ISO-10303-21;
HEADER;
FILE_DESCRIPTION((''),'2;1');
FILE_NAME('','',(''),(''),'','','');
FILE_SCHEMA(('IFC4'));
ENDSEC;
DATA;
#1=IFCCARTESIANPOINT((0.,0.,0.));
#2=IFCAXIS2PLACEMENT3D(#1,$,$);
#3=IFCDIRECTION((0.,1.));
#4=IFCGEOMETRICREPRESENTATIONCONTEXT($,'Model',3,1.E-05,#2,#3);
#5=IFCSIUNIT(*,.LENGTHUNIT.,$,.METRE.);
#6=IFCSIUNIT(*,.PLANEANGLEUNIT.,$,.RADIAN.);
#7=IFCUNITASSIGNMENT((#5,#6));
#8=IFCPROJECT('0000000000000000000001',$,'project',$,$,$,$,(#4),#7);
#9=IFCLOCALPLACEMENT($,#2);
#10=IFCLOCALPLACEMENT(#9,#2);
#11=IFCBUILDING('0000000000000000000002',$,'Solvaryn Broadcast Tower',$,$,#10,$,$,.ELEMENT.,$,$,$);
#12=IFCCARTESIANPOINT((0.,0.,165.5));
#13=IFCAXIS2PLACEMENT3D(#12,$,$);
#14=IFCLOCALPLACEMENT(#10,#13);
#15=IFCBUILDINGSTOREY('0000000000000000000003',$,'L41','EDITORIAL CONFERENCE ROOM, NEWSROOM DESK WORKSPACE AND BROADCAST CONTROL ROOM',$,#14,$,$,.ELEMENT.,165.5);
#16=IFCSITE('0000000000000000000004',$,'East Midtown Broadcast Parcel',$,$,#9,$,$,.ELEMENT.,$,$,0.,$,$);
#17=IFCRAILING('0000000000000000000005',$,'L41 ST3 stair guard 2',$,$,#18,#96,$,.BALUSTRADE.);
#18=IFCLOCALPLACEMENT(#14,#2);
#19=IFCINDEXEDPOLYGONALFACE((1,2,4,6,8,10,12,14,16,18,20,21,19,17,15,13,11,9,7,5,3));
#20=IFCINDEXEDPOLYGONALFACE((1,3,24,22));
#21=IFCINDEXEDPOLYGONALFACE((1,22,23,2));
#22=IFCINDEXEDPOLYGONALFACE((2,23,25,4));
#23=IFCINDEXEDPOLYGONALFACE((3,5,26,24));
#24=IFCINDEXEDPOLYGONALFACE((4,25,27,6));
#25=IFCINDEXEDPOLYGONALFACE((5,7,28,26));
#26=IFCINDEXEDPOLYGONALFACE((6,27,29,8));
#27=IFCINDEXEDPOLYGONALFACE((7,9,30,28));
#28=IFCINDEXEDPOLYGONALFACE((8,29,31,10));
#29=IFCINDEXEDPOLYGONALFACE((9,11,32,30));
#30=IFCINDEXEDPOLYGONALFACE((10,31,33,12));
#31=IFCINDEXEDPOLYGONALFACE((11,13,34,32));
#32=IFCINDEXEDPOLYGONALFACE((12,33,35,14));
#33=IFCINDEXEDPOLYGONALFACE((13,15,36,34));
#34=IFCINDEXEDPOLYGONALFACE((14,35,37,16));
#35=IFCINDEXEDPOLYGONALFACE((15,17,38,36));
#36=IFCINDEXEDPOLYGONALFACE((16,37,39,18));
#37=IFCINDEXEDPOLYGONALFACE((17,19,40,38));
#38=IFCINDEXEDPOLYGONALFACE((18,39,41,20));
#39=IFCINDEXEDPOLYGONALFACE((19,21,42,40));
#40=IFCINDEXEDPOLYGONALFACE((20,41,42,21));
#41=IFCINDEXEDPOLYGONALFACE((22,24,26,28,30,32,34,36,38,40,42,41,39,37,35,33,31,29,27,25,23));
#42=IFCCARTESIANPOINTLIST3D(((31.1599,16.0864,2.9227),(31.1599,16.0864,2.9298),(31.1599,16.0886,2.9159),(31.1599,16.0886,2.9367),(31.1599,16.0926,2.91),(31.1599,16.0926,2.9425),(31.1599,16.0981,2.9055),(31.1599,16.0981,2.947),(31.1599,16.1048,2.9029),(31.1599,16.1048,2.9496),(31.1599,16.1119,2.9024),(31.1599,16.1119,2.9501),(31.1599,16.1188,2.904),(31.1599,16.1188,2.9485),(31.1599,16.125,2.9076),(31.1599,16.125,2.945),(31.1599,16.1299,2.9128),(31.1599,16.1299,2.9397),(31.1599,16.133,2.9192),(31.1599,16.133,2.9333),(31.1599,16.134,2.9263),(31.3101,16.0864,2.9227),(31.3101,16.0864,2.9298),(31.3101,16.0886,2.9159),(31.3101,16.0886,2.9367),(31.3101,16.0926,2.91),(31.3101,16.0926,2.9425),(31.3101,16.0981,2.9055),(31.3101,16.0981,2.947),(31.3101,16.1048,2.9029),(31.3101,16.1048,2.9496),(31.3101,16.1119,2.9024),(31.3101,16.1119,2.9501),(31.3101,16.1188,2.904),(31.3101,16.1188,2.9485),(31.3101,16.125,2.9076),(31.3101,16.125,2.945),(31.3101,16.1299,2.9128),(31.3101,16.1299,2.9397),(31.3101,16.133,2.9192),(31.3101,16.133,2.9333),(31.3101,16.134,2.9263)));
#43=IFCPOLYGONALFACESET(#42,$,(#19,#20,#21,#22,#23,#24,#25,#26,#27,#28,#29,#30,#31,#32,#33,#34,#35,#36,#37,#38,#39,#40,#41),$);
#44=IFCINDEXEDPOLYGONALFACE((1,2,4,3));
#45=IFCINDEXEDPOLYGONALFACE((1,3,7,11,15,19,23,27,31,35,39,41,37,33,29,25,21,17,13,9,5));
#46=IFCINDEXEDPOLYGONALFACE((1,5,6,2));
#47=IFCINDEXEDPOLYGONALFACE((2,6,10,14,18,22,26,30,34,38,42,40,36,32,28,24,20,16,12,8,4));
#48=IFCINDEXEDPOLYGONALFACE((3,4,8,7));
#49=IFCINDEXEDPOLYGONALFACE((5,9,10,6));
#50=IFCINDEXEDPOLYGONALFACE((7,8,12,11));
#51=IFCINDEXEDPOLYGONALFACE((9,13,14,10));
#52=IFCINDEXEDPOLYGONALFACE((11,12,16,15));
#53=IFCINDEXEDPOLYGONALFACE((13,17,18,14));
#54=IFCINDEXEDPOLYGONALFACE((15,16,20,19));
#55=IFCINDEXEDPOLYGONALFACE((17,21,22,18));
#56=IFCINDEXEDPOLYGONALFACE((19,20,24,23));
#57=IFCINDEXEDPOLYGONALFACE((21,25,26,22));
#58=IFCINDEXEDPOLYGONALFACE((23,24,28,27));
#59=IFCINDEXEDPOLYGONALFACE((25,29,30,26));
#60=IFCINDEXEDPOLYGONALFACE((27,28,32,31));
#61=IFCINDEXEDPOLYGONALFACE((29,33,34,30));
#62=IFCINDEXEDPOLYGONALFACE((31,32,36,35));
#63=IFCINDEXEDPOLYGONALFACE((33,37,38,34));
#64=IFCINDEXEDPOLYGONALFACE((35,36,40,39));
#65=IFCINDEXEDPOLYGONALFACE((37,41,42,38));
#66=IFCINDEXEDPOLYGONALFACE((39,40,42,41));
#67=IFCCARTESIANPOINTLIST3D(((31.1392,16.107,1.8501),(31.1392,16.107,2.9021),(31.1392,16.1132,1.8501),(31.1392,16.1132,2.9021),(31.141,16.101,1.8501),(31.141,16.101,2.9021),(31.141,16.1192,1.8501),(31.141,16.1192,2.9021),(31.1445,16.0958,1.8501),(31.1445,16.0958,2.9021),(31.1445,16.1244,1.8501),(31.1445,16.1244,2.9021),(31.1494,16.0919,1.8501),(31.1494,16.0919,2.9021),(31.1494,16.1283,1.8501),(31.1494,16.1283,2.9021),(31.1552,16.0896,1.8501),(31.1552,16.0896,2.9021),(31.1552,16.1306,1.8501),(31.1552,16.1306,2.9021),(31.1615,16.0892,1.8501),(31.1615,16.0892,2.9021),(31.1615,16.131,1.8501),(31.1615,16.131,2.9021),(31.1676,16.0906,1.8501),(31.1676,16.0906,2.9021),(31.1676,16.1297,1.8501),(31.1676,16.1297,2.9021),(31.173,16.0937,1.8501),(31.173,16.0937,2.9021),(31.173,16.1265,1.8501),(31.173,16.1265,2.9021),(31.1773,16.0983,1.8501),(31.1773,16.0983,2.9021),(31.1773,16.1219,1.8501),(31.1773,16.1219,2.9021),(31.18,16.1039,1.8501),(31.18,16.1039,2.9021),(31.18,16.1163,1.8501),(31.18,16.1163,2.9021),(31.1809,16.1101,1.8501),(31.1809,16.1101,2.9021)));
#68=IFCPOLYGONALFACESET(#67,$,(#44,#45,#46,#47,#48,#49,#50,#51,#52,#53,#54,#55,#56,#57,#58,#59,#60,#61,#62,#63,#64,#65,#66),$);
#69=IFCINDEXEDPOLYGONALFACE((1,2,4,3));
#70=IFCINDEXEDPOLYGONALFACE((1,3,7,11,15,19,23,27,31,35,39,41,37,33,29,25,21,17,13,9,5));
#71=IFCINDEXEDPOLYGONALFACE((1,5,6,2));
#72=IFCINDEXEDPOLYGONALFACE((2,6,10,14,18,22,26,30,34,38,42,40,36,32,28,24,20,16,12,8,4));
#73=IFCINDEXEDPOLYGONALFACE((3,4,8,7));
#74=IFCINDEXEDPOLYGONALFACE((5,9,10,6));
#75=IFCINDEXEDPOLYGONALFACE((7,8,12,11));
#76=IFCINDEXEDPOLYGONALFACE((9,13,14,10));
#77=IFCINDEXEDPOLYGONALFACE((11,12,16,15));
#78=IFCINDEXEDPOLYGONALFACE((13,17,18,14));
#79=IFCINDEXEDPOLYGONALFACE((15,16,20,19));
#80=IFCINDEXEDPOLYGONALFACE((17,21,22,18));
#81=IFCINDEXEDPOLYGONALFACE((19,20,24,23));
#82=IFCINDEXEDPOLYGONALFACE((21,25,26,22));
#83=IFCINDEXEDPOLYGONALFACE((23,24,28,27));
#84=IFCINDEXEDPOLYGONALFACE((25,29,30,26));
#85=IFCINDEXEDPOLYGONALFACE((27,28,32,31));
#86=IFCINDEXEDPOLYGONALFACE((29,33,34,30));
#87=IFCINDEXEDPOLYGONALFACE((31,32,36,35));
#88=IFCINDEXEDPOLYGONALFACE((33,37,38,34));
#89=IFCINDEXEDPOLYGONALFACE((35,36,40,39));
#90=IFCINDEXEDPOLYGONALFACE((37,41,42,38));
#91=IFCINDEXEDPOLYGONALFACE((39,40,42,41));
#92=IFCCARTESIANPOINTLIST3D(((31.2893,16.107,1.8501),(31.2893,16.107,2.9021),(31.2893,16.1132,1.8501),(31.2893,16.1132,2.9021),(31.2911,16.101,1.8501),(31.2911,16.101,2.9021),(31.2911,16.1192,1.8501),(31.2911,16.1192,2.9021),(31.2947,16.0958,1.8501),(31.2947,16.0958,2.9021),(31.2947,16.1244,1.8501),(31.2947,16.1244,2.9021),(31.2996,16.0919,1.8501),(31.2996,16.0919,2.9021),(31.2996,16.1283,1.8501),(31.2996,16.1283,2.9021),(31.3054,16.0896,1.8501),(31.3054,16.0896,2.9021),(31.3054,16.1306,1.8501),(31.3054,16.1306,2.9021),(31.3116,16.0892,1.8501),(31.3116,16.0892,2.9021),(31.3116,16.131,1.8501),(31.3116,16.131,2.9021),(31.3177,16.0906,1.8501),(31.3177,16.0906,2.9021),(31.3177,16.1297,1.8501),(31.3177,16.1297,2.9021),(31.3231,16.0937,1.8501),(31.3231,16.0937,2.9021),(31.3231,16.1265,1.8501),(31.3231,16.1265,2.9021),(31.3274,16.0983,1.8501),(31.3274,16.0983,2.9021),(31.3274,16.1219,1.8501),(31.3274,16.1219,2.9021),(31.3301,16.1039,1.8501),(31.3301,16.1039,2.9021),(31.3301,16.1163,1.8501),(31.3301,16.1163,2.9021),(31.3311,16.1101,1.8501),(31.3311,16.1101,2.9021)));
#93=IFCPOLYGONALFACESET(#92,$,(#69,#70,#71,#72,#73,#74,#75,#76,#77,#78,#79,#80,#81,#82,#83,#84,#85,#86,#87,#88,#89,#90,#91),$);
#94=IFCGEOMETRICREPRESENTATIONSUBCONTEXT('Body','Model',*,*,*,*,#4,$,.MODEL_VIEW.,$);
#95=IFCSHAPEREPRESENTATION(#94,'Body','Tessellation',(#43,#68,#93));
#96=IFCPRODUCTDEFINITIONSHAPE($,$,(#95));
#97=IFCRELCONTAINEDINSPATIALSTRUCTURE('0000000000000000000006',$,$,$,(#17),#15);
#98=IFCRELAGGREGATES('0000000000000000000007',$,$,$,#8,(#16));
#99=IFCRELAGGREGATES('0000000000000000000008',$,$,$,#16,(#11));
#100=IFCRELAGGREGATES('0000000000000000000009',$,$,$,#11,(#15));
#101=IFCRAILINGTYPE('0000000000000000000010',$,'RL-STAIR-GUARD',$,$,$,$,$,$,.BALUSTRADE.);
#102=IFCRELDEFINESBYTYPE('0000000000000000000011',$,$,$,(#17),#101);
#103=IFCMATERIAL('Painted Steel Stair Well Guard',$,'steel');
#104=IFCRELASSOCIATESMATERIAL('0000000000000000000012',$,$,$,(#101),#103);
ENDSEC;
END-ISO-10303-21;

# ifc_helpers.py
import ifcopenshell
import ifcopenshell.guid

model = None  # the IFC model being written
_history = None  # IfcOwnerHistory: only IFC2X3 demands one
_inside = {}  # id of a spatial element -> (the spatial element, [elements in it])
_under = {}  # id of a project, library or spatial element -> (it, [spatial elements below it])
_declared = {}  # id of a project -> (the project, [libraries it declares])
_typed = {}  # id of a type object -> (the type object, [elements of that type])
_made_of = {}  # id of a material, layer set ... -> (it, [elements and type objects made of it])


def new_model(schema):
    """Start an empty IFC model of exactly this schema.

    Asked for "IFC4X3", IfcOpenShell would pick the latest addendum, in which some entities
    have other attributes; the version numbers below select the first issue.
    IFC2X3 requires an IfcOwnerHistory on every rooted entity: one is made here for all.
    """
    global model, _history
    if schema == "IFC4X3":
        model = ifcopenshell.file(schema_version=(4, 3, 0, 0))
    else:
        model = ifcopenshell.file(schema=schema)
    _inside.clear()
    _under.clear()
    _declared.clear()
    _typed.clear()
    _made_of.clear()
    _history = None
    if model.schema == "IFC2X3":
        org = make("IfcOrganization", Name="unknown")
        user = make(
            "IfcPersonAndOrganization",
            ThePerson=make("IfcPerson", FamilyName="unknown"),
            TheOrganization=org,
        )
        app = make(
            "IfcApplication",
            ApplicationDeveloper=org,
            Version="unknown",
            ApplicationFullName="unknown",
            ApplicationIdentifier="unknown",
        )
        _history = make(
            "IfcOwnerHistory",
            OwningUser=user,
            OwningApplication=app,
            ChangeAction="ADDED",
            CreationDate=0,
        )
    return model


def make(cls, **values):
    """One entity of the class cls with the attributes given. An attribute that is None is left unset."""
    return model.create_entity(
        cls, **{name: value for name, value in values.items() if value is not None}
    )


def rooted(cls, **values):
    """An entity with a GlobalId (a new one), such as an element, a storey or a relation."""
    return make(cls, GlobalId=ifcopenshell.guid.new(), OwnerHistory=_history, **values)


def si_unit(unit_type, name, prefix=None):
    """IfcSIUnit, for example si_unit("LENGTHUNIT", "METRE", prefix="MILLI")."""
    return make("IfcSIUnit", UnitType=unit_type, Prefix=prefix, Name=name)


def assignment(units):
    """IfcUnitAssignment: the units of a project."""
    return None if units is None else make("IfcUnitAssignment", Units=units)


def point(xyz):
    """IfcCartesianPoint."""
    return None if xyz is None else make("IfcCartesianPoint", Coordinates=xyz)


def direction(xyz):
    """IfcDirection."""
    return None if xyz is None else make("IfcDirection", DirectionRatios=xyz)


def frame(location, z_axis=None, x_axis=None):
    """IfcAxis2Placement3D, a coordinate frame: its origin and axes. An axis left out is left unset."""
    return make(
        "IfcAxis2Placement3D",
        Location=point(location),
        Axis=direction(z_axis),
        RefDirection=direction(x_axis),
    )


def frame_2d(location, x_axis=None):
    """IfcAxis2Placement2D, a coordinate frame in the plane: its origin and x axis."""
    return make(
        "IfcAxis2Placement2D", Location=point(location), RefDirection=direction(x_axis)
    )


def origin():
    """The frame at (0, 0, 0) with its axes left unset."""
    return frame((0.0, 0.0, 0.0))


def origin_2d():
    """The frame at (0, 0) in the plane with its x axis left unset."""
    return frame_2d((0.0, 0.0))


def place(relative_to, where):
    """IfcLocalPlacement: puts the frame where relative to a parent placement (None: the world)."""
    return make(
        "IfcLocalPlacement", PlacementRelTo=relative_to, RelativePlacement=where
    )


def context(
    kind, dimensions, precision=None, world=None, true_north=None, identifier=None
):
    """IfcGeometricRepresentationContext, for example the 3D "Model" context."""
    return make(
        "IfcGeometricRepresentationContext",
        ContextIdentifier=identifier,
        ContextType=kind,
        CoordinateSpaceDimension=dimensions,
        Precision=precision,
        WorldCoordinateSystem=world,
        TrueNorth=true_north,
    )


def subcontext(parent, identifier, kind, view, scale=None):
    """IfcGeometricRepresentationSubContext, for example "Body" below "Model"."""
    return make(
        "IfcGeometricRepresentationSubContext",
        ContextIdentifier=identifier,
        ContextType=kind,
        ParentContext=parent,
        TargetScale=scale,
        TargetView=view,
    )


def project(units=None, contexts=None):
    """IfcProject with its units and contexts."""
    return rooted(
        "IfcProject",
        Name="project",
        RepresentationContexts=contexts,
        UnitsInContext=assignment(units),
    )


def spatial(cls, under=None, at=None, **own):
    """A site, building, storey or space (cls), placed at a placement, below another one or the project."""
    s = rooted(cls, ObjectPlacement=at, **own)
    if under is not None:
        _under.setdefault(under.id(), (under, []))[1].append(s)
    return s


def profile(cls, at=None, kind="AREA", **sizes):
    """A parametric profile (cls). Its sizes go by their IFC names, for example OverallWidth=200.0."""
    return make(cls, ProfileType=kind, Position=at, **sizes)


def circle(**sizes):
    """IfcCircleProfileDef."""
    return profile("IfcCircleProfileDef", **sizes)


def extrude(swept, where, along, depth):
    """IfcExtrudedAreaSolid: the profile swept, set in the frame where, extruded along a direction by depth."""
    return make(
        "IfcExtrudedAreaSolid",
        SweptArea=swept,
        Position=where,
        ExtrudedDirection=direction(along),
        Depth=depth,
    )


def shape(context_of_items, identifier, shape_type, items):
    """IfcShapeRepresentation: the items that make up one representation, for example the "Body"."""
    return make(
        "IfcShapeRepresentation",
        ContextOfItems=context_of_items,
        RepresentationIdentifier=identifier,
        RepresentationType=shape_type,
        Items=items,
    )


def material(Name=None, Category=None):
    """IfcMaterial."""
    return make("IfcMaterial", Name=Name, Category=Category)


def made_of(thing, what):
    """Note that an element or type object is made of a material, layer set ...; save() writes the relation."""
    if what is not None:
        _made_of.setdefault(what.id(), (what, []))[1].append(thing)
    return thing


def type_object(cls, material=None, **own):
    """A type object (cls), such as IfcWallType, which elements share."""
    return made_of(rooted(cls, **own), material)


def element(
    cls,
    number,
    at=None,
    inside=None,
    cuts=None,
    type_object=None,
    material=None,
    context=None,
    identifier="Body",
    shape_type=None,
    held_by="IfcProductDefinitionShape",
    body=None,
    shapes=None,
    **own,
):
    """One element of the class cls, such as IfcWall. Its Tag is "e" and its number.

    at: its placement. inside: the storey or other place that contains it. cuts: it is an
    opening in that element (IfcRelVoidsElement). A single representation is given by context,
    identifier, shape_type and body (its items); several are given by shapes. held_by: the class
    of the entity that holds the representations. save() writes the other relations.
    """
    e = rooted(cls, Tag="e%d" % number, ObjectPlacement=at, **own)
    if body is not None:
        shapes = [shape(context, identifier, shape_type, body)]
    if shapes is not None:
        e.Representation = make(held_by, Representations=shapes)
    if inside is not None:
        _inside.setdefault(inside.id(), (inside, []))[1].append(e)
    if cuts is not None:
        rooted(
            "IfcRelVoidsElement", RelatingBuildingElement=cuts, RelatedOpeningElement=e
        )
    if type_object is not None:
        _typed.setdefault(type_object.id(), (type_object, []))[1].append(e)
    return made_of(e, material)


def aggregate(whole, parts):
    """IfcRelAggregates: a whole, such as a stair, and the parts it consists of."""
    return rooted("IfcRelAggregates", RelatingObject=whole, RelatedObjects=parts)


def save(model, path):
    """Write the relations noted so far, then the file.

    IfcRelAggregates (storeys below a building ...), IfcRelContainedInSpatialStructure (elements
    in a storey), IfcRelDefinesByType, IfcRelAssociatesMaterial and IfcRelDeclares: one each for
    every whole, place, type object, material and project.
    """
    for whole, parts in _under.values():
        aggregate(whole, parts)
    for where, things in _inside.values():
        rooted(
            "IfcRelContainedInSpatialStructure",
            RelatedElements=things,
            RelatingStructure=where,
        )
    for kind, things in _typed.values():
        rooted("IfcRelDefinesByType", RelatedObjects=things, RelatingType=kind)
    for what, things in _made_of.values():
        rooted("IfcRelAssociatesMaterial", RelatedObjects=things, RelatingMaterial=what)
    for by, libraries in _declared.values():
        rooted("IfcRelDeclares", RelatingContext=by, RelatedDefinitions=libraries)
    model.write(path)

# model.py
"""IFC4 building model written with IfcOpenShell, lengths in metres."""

from ifc_helpers import new_model, si_unit, direction, frame, origin, origin_2d, place, context, subcontext, project, spatial, circle, extrude, material, type_object, element, save


model = new_model("IFC4")

# Units and contexts
model_context = context("Model", 3, precision=1e-05, world=origin(), true_north=direction((0.0, 1.0)))
body_context = subcontext(model_context, "Body", "Model", "MODEL_VIEW")
ifc_project = project(units=[si_unit("LENGTHUNIT", "METRE"), si_unit("PLANEANGLEUNIT", "RADIAN")], contexts=[model_context])

# Site, building, storey
site_placement = place(None, origin())
site = spatial("IfcSite", under=ifc_project, at=site_placement, Name="East Midtown Broadcast Parcel", CompositionType="ELEMENT", RefElevation=0.0)
building_placement = place(site_placement, origin())
building = spatial("IfcBuilding", under=site, at=building_placement, Name="Solvaryn Broadcast Tower", CompositionType="ELEMENT")
storey_placement = place(building_placement, frame((0.0, 0.0, 165.5)))
storey = spatial("IfcBuildingStorey", under=building, at=storey_placement, Name="L41", Description="EDITORIAL CONFERENCE ROOM, NEWSROOM DESK WORKSPACE AND BROADCAST CONTROL ROOM", CompositionType="ELEMENT", Elevation=165.5)

# Railing
ifc_material_1 = material(Name="Painted Steel Stair Well Guard", Category="steel")
railing_type_1 = type_object("IfcRailingType", Name="RL-STAIR-GUARD", PredefinedType="BALUSTRADE", material=ifc_material_1)
railing_1_placement = place(storey_placement, frame((31.1599, 16.1101, 1.8501)))
element("IfcRailing", 1, at=railing_1_placement, inside=storey, type_object=railing_type_1, Name="L41 ST3 stair guard 2", PredefinedType="BALUSTRADE", context=body_context, shape_type="SweptSolid", body=[
    extrude(circle(Radius=0.0239, at=origin_2d()), frame((0.0, 0.0, 1.0762), z_axis=(1.0, 0.0, 0.0), x_axis=(0.0, 1.0, 0.0)), (0.0, 0.0, 1.0), 0.1501),
    extrude(circle(Radius=0.021, at=origin_2d()), origin(), (0.0, 0.0, 1.0), 1.052),
    extrude(circle(Radius=0.021, at=origin_2d()), frame((0.1501, 0.0, 0.0)), (0.0, 0.0, 1.0), 1.052),
])

save(model, "model.ifc")
